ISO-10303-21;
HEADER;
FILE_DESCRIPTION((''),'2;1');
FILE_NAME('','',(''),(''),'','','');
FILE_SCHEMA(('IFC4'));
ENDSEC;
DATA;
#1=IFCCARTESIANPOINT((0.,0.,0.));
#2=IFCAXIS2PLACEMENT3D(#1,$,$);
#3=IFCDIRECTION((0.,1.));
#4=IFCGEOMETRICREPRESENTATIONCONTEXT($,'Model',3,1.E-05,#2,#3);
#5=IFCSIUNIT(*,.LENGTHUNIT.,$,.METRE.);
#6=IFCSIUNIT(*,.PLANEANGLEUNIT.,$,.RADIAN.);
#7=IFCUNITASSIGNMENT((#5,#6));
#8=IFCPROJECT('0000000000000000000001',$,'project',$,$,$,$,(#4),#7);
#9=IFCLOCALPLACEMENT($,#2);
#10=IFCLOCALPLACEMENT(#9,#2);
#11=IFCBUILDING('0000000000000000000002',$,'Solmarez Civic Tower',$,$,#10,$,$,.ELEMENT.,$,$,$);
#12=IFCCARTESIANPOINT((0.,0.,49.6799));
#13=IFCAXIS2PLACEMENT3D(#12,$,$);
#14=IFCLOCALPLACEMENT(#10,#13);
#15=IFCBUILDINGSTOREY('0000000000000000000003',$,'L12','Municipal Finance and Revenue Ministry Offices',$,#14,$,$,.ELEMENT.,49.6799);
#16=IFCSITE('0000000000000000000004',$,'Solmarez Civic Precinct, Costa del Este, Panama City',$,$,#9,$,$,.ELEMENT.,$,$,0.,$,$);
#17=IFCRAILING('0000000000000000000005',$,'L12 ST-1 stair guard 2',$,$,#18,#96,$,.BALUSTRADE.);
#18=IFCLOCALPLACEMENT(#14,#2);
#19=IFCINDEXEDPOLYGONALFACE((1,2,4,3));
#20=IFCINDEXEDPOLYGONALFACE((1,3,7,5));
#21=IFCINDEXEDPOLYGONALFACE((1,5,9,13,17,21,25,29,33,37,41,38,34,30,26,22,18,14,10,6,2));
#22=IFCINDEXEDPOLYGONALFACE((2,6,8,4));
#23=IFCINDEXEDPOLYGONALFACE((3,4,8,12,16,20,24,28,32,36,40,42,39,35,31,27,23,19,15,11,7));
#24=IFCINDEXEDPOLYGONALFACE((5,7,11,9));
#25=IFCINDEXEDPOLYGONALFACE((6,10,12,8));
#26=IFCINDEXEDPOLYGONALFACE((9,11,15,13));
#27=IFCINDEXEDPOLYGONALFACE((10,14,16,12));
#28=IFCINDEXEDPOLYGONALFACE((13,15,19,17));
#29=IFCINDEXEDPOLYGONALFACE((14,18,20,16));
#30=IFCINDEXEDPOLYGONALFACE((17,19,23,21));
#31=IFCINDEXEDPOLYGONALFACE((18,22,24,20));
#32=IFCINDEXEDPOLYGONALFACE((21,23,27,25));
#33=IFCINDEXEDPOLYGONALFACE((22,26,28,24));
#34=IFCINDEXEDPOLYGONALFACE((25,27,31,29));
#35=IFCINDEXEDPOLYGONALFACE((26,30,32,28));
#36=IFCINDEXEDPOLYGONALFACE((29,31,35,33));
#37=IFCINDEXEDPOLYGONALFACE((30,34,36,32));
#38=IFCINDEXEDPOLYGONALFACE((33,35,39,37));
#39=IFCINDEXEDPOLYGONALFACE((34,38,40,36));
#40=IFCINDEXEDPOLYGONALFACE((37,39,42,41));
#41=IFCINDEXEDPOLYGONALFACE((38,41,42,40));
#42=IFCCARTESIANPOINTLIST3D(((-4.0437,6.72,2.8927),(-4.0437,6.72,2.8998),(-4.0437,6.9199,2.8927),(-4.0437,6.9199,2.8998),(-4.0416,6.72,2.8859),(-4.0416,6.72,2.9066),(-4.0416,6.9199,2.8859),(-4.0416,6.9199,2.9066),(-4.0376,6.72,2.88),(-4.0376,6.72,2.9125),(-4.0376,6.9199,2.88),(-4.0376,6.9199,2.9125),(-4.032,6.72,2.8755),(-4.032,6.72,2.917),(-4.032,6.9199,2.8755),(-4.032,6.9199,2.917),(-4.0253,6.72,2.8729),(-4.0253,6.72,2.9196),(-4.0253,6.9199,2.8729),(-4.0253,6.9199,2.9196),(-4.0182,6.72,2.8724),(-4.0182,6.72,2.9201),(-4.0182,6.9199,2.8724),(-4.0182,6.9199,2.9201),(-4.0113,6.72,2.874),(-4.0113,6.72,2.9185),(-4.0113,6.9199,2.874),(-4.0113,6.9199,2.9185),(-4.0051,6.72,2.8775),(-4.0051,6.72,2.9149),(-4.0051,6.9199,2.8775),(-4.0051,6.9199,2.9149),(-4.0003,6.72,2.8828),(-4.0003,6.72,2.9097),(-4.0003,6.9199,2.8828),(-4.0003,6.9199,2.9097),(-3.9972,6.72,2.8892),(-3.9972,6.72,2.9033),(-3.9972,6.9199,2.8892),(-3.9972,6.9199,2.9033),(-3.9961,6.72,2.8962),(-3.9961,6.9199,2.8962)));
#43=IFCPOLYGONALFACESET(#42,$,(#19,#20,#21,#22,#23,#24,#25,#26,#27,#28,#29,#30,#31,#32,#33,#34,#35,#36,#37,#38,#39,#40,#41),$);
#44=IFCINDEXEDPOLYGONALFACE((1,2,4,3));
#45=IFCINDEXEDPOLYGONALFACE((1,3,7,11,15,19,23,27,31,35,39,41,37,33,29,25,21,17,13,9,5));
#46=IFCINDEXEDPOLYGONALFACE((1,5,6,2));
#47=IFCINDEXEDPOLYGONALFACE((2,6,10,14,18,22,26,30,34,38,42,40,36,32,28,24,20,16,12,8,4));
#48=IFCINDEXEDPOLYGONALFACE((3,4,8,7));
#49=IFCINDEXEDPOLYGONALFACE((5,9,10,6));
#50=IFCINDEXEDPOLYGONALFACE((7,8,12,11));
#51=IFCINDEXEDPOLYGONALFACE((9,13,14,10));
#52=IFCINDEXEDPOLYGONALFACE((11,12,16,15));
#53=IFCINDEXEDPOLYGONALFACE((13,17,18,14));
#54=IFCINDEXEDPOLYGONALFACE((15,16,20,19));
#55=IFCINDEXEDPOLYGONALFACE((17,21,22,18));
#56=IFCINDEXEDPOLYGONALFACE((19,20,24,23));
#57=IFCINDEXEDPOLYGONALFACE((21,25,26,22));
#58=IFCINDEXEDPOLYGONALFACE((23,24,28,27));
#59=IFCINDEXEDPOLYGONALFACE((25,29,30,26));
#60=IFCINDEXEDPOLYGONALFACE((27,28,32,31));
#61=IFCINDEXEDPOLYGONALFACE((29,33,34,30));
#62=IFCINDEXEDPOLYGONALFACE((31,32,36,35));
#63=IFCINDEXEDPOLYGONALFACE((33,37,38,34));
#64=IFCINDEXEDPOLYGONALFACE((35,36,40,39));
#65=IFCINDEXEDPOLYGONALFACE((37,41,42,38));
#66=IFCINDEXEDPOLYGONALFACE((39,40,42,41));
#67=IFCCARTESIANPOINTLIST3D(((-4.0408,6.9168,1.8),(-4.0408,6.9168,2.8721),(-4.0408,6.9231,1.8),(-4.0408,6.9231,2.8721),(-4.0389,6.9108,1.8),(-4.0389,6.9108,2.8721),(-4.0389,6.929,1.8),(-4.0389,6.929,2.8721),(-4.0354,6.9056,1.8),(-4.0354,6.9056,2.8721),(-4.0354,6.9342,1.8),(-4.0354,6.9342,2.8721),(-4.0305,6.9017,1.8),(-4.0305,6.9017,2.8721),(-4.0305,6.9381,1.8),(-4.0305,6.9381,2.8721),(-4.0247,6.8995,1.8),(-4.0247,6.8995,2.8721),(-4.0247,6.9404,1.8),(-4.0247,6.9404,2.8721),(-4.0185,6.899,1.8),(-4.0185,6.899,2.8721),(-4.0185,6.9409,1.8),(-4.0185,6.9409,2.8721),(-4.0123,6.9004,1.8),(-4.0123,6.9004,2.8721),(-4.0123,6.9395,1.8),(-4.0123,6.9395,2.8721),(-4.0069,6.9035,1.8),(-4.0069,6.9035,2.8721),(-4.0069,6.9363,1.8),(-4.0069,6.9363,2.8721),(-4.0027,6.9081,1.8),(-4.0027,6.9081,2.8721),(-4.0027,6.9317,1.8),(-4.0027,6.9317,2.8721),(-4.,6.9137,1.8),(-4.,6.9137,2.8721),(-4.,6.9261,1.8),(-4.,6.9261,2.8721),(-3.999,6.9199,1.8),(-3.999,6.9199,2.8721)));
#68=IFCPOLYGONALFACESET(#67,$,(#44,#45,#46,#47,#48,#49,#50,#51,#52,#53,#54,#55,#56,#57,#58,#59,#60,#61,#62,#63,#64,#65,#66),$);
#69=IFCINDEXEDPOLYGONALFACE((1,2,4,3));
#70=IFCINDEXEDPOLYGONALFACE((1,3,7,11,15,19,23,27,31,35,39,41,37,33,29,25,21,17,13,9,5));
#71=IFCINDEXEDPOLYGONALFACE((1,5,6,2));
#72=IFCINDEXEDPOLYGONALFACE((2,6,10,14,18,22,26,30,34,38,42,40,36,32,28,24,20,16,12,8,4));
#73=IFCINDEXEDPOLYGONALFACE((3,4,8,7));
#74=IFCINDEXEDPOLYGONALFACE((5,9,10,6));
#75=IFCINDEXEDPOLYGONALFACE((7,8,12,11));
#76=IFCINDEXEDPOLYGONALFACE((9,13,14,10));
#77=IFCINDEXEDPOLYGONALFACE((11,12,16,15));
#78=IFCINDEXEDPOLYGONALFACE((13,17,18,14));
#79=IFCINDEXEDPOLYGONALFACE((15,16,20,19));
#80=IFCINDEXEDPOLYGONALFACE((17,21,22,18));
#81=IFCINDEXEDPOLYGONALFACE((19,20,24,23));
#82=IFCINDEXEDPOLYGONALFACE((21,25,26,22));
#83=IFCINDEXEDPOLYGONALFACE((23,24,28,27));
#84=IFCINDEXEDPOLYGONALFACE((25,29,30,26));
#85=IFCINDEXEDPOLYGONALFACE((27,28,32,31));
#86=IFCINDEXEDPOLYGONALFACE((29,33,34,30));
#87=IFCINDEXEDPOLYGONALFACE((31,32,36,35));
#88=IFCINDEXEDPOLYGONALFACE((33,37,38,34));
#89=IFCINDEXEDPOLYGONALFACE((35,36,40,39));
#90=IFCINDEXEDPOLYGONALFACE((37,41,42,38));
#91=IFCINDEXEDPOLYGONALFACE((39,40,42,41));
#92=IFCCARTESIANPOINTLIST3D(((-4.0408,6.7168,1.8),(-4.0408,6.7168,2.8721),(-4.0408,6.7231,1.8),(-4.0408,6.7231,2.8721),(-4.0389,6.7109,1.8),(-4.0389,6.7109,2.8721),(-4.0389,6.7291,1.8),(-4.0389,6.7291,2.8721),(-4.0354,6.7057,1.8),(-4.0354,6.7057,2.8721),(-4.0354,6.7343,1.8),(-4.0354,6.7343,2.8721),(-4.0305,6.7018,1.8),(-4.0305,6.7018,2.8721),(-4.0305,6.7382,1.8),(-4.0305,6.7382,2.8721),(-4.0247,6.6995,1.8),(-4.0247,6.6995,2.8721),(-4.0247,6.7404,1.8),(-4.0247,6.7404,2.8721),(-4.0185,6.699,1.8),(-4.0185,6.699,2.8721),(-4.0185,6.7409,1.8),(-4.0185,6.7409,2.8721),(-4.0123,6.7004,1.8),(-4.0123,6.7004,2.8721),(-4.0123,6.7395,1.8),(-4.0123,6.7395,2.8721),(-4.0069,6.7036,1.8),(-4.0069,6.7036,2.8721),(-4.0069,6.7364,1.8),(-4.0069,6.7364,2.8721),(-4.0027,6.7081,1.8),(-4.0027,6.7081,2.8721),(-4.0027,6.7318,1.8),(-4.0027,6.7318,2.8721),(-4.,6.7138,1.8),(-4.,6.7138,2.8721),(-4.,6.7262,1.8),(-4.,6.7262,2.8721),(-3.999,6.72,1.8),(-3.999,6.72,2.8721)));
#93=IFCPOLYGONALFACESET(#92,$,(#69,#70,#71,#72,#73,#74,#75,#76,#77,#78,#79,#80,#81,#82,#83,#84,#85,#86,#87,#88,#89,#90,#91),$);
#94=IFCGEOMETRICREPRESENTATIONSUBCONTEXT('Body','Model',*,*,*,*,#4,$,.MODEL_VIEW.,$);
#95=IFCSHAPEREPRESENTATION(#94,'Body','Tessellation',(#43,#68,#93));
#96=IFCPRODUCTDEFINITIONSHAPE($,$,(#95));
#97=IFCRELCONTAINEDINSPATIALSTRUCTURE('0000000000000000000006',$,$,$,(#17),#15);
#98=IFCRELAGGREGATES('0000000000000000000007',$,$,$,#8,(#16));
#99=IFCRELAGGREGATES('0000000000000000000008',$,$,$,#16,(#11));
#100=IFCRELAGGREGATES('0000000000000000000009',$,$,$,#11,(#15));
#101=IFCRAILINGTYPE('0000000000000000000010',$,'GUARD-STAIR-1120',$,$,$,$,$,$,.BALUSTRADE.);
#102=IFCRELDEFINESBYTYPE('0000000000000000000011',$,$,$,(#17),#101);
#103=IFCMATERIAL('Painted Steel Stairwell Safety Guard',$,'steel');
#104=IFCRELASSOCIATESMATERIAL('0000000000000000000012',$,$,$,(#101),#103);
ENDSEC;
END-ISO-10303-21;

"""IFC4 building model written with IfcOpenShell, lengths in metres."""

from ifc_helpers import new_model, si_unit, direction, frame, origin, origin_2d, place, context, subcontext, project, spatial, circle, extrude, material, type_object, element, save


model = new_model("IFC4")

# Units and contexts
model_context = context("Model", 3, precision=1e-05, world=origin(), true_north=direction((0.0, 1.0)))
body_context = subcontext(model_context, "Body", "Model", "MODEL_VIEW")
ifc_project = project(units=[si_unit("LENGTHUNIT", "METRE"), si_unit("PLANEANGLEUNIT", "RADIAN")], contexts=[model_context])

# Site, building, storey
site_placement = place(None, origin())
site = spatial("IfcSite", under=ifc_project, at=site_placement, Name="Solmarez Civic Precinct, Costa del Este, Panama City", CompositionType="ELEMENT", RefElevation=0.0)
building_placement = place(site_placement, origin())
building = spatial("IfcBuilding", under=site, at=building_placement, Name="Solmarez Civic Tower", CompositionType="ELEMENT")
storey_placement = place(building_placement, frame((0.0, 0.0, 49.6799)))
storey = spatial("IfcBuildingStorey", under=building, at=storey_placement, Name="L12", Description="Municipal Finance and Revenue Ministry Offices", CompositionType="ELEMENT", Elevation=49.6799)

# Railing
ifc_material_1 = material(Name="Painted Steel Stairwell Safety Guard", Category="steel")
railing_type_1 = type_object("IfcRailingType", Name="GUARD-STAIR-1120", PredefinedType="BALUSTRADE", material=ifc_material_1)
railing_1_placement = place(storey_placement, frame((-4.02, 6.9199, 1.8)))
element("IfcRailing", 1, at=railing_1_placement, inside=storey, type_object=railing_type_1, Name="L12 ST-1 stair guard 2", PredefinedType="BALUSTRADE", context=body_context, shape_type="SweptSolid", body=[
    extrude(circle(Radius=0.0239, at=origin_2d()), frame((0.0, 0.0, 1.0962), z_axis=(0.0, -1.0, 0.0), x_axis=(1.0, 0.0, 0.0)), (0.0, 0.0, 1.0), 0.2),
    extrude(circle(Radius=0.021, at=origin_2d()), origin(), (0.0, 0.0, 1.0), 1.072),
    extrude(circle(Radius=0.021, at=origin_2d()), frame((0.0, -0.2, 0.0)), (0.0, 0.0, 1.0), 1.072),
])

save(model, "model.ifc")
